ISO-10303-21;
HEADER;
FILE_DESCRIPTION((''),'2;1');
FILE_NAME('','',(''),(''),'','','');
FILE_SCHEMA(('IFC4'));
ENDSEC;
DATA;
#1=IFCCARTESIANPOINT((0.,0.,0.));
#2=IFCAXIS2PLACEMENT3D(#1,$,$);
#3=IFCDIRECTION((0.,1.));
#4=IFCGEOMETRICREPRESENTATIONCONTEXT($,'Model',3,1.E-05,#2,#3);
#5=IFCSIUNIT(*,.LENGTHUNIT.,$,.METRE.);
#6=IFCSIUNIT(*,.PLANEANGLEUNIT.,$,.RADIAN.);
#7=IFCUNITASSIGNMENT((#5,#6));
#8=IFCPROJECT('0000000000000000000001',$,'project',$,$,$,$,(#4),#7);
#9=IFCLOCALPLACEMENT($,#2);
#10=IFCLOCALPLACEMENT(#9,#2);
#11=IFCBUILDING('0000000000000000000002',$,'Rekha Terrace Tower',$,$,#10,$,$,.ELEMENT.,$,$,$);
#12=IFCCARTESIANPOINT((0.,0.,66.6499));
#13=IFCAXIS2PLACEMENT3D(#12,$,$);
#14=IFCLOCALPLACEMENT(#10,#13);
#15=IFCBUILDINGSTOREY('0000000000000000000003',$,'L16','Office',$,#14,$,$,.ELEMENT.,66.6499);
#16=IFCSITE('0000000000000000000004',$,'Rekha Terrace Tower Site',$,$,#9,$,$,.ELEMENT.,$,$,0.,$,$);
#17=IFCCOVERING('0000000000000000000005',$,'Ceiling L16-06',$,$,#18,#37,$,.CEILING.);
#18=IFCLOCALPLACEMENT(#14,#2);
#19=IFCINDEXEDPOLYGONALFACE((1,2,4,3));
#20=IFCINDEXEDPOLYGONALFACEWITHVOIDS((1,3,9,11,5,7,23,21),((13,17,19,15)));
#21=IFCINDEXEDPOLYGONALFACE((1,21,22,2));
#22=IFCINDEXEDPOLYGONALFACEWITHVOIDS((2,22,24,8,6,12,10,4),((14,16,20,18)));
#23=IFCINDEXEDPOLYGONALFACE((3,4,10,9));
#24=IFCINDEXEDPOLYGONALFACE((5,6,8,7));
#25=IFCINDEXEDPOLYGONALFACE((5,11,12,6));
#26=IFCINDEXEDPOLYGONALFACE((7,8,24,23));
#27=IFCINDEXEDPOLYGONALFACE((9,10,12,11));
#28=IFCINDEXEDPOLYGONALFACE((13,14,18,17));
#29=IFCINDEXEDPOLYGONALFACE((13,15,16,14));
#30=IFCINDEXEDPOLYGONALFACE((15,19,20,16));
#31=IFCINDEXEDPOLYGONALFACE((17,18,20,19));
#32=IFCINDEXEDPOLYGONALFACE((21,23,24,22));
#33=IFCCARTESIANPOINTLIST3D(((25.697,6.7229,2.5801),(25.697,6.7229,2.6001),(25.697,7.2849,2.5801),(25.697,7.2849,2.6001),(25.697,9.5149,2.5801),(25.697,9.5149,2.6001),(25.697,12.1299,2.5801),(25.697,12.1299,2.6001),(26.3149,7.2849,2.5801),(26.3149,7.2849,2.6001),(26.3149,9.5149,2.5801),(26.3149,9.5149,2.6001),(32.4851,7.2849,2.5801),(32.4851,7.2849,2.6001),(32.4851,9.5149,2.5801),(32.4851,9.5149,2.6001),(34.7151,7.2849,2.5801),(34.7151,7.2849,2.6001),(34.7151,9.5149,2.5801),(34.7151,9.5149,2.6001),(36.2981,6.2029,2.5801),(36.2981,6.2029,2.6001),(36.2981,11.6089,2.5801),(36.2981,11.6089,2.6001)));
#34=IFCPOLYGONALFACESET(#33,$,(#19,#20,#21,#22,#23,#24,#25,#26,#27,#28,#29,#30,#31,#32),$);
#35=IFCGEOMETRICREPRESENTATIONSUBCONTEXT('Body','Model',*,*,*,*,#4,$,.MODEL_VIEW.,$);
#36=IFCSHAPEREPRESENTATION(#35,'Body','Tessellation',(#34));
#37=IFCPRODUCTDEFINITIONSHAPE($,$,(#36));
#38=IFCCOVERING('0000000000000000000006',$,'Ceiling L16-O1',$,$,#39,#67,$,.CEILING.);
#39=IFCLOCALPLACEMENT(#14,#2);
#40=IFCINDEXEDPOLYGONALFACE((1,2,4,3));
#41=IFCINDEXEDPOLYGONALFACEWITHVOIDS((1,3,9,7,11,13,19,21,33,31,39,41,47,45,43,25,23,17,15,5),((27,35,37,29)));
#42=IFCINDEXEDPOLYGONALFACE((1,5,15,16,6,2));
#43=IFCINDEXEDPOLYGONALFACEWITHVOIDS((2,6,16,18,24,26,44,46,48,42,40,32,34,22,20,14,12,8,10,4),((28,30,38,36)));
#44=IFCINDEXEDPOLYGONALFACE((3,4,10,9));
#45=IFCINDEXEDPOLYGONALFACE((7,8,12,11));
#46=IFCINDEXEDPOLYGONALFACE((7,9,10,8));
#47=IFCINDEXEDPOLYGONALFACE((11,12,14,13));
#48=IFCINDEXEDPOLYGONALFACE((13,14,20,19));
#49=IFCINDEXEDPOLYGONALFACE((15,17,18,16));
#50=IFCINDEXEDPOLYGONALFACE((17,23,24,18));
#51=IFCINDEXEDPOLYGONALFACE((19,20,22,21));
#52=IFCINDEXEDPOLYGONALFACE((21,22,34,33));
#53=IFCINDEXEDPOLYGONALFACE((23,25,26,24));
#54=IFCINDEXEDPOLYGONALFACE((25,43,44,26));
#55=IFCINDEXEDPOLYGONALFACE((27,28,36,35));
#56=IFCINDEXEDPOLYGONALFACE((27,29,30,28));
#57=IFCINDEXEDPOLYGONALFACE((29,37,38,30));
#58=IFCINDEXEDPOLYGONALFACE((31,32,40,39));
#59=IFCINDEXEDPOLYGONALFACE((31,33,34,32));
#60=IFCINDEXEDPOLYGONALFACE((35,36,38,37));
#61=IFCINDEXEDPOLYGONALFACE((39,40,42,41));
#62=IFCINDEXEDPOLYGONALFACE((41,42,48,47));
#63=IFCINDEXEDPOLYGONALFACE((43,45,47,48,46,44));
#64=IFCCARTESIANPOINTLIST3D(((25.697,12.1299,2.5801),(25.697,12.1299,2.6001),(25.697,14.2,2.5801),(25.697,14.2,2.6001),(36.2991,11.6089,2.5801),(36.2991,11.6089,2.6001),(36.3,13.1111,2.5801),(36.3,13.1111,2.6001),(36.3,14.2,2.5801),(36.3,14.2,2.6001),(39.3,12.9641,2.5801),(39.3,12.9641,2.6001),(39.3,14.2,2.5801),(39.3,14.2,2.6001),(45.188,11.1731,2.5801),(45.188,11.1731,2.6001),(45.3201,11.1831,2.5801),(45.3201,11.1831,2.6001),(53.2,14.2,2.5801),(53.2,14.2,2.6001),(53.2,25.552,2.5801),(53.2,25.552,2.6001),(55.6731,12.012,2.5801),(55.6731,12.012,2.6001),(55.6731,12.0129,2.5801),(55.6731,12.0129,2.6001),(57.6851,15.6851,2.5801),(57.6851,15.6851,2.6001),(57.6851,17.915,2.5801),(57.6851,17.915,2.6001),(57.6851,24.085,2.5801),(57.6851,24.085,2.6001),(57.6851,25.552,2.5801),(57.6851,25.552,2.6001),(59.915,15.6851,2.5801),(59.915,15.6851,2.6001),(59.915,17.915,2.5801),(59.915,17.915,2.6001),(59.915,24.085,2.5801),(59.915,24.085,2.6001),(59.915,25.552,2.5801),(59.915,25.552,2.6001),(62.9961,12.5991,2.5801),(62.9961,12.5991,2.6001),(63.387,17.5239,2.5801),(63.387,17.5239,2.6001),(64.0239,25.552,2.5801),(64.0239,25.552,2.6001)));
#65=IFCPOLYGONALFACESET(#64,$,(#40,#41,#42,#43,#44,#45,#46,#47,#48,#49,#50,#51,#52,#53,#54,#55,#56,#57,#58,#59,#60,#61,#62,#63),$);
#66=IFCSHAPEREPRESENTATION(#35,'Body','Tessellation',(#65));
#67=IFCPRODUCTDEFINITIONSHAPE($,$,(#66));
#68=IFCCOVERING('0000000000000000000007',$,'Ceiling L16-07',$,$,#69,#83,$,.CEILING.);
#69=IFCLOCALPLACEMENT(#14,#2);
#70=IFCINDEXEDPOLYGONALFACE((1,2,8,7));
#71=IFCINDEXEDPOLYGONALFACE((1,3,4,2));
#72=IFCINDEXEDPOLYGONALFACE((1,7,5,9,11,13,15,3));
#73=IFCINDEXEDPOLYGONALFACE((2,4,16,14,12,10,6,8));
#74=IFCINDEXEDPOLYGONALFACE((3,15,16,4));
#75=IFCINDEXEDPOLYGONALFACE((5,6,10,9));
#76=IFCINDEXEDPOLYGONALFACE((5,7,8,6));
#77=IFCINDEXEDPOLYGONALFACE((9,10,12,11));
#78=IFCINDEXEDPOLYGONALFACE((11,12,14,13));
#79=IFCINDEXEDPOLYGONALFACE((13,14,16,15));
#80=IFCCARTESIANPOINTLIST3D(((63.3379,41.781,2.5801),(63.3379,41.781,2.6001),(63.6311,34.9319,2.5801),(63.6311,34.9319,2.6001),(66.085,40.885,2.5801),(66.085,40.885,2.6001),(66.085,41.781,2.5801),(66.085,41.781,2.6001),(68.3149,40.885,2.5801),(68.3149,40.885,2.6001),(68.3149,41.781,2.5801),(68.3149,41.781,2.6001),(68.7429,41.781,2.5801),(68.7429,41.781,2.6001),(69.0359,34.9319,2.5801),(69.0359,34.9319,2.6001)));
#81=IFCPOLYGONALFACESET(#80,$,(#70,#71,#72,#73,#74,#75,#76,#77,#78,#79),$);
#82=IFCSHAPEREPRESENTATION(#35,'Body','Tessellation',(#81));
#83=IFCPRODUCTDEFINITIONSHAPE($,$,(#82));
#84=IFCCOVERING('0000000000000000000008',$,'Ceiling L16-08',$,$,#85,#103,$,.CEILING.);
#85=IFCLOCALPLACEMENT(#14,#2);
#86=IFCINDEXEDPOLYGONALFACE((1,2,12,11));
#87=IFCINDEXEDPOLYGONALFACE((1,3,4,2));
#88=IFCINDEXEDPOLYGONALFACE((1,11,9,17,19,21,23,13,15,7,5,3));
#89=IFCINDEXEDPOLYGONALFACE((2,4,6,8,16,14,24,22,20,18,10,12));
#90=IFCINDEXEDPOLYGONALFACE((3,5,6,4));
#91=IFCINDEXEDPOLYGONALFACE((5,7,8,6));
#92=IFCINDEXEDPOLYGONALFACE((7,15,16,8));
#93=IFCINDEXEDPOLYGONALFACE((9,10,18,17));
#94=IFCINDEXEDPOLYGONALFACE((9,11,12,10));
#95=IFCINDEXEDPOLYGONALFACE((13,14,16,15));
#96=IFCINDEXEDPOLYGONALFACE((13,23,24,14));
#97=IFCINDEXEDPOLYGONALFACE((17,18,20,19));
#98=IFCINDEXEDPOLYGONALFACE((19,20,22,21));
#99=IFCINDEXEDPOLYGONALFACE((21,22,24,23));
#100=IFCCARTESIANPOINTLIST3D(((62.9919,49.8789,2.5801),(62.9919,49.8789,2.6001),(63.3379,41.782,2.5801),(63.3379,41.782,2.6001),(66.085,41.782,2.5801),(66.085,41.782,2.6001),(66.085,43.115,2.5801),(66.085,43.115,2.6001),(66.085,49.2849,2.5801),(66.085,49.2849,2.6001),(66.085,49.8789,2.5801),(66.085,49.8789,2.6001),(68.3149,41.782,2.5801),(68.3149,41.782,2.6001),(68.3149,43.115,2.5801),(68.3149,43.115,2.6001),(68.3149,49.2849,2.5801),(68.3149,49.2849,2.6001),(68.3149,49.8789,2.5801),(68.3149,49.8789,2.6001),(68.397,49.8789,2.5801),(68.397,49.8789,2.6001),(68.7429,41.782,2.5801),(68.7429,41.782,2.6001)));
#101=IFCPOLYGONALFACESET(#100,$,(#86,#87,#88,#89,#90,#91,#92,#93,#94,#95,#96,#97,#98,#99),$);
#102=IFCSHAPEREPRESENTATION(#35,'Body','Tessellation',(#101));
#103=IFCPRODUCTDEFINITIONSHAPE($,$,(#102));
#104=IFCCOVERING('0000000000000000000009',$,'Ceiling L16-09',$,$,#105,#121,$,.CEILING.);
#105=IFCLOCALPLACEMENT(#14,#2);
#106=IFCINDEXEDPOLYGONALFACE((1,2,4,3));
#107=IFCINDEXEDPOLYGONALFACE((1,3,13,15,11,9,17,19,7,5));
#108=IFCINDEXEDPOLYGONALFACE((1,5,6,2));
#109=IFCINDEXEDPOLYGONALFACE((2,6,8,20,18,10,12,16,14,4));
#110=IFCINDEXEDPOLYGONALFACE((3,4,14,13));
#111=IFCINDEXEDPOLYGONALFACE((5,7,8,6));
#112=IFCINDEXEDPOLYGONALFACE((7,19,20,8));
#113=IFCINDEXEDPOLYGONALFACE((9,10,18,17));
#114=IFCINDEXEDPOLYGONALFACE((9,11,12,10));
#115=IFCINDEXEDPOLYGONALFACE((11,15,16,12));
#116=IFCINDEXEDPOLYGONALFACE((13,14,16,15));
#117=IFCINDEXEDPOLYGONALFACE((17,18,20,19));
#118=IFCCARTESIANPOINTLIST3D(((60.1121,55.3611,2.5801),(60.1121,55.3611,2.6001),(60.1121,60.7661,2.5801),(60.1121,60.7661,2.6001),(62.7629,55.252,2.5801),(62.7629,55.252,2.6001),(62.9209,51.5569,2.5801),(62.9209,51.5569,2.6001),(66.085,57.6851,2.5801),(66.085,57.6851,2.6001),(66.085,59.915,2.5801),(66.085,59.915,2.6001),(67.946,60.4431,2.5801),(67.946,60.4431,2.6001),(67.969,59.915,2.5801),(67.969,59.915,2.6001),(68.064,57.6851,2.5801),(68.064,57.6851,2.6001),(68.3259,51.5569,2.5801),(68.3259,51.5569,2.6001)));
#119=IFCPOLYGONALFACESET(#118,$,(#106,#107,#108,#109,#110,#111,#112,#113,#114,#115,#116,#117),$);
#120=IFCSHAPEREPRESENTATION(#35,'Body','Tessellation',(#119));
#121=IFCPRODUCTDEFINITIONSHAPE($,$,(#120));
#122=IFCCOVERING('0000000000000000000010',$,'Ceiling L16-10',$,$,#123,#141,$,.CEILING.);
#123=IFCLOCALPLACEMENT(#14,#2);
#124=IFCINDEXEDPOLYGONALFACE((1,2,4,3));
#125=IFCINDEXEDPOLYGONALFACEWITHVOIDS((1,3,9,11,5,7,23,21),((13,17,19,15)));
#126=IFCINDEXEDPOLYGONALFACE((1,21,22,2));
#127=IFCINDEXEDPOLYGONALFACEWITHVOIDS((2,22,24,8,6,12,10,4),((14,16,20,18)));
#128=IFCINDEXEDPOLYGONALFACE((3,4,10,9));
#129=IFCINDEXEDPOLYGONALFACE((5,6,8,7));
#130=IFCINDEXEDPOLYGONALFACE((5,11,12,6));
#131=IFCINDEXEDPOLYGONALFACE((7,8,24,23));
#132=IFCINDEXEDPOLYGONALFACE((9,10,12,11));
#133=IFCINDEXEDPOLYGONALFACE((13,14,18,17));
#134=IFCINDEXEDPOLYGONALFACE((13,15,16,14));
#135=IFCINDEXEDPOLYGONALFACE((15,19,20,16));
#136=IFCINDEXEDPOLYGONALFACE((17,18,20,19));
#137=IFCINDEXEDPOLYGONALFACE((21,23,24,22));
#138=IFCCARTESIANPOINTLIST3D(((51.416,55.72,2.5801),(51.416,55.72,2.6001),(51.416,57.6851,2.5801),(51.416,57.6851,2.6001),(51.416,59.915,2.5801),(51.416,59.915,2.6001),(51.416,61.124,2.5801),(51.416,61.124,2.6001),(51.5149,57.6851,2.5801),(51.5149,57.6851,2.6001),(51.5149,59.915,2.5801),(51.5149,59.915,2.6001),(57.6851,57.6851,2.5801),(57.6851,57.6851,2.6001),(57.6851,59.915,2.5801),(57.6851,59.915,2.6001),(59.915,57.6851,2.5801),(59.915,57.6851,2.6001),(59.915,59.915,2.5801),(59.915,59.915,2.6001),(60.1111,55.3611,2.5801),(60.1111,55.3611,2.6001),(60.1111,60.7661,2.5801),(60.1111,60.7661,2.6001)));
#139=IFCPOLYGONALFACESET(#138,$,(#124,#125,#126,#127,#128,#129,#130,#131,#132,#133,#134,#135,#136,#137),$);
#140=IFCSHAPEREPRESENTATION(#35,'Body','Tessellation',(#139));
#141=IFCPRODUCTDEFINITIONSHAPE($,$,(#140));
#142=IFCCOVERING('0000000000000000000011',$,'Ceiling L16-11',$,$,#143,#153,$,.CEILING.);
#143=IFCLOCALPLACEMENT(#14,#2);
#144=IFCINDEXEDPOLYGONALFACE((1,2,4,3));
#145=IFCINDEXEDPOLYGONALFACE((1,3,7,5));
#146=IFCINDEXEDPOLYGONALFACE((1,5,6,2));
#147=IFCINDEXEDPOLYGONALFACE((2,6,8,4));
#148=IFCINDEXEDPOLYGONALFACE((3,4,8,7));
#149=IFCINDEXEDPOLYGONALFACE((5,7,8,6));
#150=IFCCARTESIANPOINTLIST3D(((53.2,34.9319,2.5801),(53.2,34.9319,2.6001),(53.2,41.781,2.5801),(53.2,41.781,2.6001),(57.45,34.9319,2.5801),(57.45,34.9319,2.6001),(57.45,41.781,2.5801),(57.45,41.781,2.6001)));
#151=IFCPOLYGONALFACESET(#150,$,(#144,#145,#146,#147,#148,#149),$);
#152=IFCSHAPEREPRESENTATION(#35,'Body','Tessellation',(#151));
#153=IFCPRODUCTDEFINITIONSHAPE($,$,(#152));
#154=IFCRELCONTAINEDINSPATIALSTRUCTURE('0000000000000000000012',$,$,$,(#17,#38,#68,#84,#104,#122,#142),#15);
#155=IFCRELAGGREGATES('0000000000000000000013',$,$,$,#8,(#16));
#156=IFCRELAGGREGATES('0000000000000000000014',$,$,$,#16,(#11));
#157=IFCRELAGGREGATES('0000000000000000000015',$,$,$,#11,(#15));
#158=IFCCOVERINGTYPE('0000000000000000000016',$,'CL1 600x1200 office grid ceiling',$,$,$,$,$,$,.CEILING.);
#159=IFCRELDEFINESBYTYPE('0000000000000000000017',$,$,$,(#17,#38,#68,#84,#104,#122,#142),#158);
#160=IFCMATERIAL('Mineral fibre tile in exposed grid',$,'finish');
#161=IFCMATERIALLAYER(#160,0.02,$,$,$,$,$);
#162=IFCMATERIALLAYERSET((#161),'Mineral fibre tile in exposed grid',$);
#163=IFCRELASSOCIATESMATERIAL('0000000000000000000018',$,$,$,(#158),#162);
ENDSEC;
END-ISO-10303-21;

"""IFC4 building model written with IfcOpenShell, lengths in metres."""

from ifc_helpers import new_model, si_unit, direction, frame, origin, place, context, subcontext, project, spatial, polyline, outline, extrude, material, layer, layer_set, type_object, element, save


model = new_model("IFC4")

# Units and contexts
model_context = context("Model", 3, precision=1e-05, world=origin(), true_north=direction((0.0, 1.0)))
body_context = subcontext(model_context, "Body", "Model", "MODEL_VIEW")
ifc_project = project(units=[si_unit("LENGTHUNIT", "METRE"), si_unit("PLANEANGLEUNIT", "RADIAN")], contexts=[model_context])

# Site, building, storey
site_placement = place(None, origin())
site = spatial("IfcSite", under=ifc_project, at=site_placement, Name="Rekha Terrace Tower Site", CompositionType="ELEMENT", RefElevation=0.0)
building_placement = place(site_placement, origin())
building = spatial("IfcBuilding", under=site, at=building_placement, Name="Rekha Terrace Tower", CompositionType="ELEMENT")
storey_placement = place(building_placement, frame((0.0, 0.0, 66.6499)))
storey = spatial("IfcBuildingStorey", under=building, at=storey_placement, Name="L16", Description="Office", CompositionType="ELEMENT", Elevation=66.6499)

# Coverings
ifc_material_1 = material(Name="Mineral fibre tile in exposed grid", Category="finish")
ifc_layer_1 = layer(ifc_material_1, 0.02)
ifc_layer_set_1 = layer_set([ifc_layer_1], Name="Mineral fibre tile in exposed grid")
covering_type_1 = type_object("IfcCoveringType", Name="CL1 600x1200 office grid ceiling", PredefinedType="CEILING", material=ifc_layer_set_1)
covering_1_placement = place(storey_placement, frame((0.0, 0.0, 2.5801)))
element("IfcCovering", 1, at=covering_1_placement, inside=storey, type_object=covering_type_1, Name="Ceiling L16-06", PredefinedType="CEILING", context=body_context, shape_type="SweptSolid", body=[
    extrude(outline(polyline([(36.2981, 6.2029), (36.2981, 11.6089), (25.697, 12.1299), (25.697, 9.5149), (26.3149, 9.5149), (26.3149, 7.2849), (25.697, 7.2849), (25.697, 6.7229), (36.2981, 6.2029)]), holes=[polyline([(34.7151, 7.2849), (32.4851, 7.2849), (32.4851, 9.5149), (34.7151, 9.5149), (34.7151, 7.2849)])]), origin(), (0.0, 0.0, 1.0), 0.02),
])
covering_2_placement = place(storey_placement, frame((0.0, 0.0, 2.5801)))
element("IfcCovering", 2, at=covering_2_placement, inside=storey, type_object=covering_type_1, Name="Ceiling L16-O1", PredefinedType="CEILING", context=body_context, shape_type="SweptSolid", body=[
    extrude(outline(polyline([(25.697, 12.1299), (36.2991, 11.6089), (45.188, 11.1731), (45.3201, 11.1831), (55.6731, 12.012), (55.6731, 12.0129), (62.9961, 12.5991), (63.387, 17.5239), (64.0239, 25.552), (59.915, 25.552), (59.915, 24.085), (57.6851, 24.085), (57.6851, 25.552), (53.2, 25.552), (53.2, 14.2), (39.3, 14.2), (39.3, 12.9641), (36.3, 13.1111), (36.3, 14.2), (25.697, 14.2), (25.697, 12.1299)]), holes=[polyline([(59.915, 17.915), (59.915, 15.6851), (57.6851, 15.6851), (57.6851, 17.915), (59.915, 17.915)])]), origin(), (0.0, 0.0, 1.0), 0.02),
])
covering_3_placement = place(storey_placement, frame((0.0, 0.0, 2.5801)))
element("IfcCovering", 3, at=covering_3_placement, inside=storey, type_object=covering_type_1, Name="Ceiling L16-07", PredefinedType="CEILING", context=body_context, shape_type="SweptSolid", body=[
    extrude(outline(polyline([(63.6311, 34.9319), (69.0359, 34.9319), (68.7429, 41.781), (68.3149, 41.781), (68.3149, 40.885), (66.085, 40.885), (66.085, 41.781), (63.3379, 41.781), (63.6311, 34.9319)])), origin(), (0.0, 0.0, 1.0), 0.02),
])
covering_4_placement = place(storey_placement, frame((0.0, 0.0, 2.5801)))
element("IfcCovering", 4, at=covering_4_placement, inside=storey, type_object=covering_type_1, Name="Ceiling L16-08", PredefinedType="CEILING", context=body_context, shape_type="SweptSolid", body=[
    extrude(outline(polyline([(68.3149, 41.782), (68.7429, 41.782), (68.397, 49.8789), (68.3149, 49.8789), (68.3149, 49.2849), (66.085, 49.2849), (66.085, 49.8789), (62.9919, 49.8789), (63.3379, 41.782), (66.085, 41.782), (66.085, 43.115), (68.3149, 43.115), (68.3149, 41.782)])), origin(), (0.0, 0.0, 1.0), 0.02),
])
covering_5_placement = place(storey_placement, frame((0.0, 0.0, 2.5801)))
element("IfcCovering", 5, at=covering_5_placement, inside=storey, type_object=covering_type_1, Name="Ceiling L16-09", PredefinedType="CEILING", context=body_context, shape_type="SweptSolid", body=[
    extrude(outline(polyline([(67.946, 60.4431), (60.1121, 60.7661), (60.1121, 55.3611), (62.7629, 55.252), (62.9209, 51.5569), (68.3259, 51.5569), (68.064, 57.6851), (66.085, 57.6851), (66.085, 59.915), (67.969, 59.915), (67.946, 60.4431)])), origin(), (0.0, 0.0, 1.0), 0.02),
])
covering_6_placement = place(storey_placement, frame((0.0, 0.0, 2.5801)))
element("IfcCovering", 6, at=covering_6_placement, inside=storey, type_object=covering_type_1, Name="Ceiling L16-10", PredefinedType="CEILING", context=body_context, shape_type="SweptSolid", body=[
    extrude(outline(polyline([(60.1111, 55.3611), (60.1111, 60.7661), (51.416, 61.124), (51.416, 59.915), (51.5149, 59.915), (51.5149, 57.6851), (51.416, 57.6851), (51.416, 55.72), (60.1111, 55.3611)]), holes=[polyline([(59.915, 57.6851), (57.6851, 57.6851), (57.6851, 59.915), (59.915, 59.915), (59.915, 57.6851)])]), origin(), (0.0, 0.0, 1.0), 0.02),
])
covering_7_placement = place(storey_placement, frame((0.0, 0.0, 2.5801)))
element("IfcCovering", 7, at=covering_7_placement, inside=storey, type_object=covering_type_1, Name="Ceiling L16-11", PredefinedType="CEILING", context=body_context, shape_type="SweptSolid", body=[
    extrude(outline(polyline([(53.2, 34.9319), (57.45, 34.9319), (57.45, 41.781), (53.2, 41.781), (53.2, 34.9319)])), origin(), (0.0, 0.0, 1.0), 0.02),
])

save(model, "model.ifc")
